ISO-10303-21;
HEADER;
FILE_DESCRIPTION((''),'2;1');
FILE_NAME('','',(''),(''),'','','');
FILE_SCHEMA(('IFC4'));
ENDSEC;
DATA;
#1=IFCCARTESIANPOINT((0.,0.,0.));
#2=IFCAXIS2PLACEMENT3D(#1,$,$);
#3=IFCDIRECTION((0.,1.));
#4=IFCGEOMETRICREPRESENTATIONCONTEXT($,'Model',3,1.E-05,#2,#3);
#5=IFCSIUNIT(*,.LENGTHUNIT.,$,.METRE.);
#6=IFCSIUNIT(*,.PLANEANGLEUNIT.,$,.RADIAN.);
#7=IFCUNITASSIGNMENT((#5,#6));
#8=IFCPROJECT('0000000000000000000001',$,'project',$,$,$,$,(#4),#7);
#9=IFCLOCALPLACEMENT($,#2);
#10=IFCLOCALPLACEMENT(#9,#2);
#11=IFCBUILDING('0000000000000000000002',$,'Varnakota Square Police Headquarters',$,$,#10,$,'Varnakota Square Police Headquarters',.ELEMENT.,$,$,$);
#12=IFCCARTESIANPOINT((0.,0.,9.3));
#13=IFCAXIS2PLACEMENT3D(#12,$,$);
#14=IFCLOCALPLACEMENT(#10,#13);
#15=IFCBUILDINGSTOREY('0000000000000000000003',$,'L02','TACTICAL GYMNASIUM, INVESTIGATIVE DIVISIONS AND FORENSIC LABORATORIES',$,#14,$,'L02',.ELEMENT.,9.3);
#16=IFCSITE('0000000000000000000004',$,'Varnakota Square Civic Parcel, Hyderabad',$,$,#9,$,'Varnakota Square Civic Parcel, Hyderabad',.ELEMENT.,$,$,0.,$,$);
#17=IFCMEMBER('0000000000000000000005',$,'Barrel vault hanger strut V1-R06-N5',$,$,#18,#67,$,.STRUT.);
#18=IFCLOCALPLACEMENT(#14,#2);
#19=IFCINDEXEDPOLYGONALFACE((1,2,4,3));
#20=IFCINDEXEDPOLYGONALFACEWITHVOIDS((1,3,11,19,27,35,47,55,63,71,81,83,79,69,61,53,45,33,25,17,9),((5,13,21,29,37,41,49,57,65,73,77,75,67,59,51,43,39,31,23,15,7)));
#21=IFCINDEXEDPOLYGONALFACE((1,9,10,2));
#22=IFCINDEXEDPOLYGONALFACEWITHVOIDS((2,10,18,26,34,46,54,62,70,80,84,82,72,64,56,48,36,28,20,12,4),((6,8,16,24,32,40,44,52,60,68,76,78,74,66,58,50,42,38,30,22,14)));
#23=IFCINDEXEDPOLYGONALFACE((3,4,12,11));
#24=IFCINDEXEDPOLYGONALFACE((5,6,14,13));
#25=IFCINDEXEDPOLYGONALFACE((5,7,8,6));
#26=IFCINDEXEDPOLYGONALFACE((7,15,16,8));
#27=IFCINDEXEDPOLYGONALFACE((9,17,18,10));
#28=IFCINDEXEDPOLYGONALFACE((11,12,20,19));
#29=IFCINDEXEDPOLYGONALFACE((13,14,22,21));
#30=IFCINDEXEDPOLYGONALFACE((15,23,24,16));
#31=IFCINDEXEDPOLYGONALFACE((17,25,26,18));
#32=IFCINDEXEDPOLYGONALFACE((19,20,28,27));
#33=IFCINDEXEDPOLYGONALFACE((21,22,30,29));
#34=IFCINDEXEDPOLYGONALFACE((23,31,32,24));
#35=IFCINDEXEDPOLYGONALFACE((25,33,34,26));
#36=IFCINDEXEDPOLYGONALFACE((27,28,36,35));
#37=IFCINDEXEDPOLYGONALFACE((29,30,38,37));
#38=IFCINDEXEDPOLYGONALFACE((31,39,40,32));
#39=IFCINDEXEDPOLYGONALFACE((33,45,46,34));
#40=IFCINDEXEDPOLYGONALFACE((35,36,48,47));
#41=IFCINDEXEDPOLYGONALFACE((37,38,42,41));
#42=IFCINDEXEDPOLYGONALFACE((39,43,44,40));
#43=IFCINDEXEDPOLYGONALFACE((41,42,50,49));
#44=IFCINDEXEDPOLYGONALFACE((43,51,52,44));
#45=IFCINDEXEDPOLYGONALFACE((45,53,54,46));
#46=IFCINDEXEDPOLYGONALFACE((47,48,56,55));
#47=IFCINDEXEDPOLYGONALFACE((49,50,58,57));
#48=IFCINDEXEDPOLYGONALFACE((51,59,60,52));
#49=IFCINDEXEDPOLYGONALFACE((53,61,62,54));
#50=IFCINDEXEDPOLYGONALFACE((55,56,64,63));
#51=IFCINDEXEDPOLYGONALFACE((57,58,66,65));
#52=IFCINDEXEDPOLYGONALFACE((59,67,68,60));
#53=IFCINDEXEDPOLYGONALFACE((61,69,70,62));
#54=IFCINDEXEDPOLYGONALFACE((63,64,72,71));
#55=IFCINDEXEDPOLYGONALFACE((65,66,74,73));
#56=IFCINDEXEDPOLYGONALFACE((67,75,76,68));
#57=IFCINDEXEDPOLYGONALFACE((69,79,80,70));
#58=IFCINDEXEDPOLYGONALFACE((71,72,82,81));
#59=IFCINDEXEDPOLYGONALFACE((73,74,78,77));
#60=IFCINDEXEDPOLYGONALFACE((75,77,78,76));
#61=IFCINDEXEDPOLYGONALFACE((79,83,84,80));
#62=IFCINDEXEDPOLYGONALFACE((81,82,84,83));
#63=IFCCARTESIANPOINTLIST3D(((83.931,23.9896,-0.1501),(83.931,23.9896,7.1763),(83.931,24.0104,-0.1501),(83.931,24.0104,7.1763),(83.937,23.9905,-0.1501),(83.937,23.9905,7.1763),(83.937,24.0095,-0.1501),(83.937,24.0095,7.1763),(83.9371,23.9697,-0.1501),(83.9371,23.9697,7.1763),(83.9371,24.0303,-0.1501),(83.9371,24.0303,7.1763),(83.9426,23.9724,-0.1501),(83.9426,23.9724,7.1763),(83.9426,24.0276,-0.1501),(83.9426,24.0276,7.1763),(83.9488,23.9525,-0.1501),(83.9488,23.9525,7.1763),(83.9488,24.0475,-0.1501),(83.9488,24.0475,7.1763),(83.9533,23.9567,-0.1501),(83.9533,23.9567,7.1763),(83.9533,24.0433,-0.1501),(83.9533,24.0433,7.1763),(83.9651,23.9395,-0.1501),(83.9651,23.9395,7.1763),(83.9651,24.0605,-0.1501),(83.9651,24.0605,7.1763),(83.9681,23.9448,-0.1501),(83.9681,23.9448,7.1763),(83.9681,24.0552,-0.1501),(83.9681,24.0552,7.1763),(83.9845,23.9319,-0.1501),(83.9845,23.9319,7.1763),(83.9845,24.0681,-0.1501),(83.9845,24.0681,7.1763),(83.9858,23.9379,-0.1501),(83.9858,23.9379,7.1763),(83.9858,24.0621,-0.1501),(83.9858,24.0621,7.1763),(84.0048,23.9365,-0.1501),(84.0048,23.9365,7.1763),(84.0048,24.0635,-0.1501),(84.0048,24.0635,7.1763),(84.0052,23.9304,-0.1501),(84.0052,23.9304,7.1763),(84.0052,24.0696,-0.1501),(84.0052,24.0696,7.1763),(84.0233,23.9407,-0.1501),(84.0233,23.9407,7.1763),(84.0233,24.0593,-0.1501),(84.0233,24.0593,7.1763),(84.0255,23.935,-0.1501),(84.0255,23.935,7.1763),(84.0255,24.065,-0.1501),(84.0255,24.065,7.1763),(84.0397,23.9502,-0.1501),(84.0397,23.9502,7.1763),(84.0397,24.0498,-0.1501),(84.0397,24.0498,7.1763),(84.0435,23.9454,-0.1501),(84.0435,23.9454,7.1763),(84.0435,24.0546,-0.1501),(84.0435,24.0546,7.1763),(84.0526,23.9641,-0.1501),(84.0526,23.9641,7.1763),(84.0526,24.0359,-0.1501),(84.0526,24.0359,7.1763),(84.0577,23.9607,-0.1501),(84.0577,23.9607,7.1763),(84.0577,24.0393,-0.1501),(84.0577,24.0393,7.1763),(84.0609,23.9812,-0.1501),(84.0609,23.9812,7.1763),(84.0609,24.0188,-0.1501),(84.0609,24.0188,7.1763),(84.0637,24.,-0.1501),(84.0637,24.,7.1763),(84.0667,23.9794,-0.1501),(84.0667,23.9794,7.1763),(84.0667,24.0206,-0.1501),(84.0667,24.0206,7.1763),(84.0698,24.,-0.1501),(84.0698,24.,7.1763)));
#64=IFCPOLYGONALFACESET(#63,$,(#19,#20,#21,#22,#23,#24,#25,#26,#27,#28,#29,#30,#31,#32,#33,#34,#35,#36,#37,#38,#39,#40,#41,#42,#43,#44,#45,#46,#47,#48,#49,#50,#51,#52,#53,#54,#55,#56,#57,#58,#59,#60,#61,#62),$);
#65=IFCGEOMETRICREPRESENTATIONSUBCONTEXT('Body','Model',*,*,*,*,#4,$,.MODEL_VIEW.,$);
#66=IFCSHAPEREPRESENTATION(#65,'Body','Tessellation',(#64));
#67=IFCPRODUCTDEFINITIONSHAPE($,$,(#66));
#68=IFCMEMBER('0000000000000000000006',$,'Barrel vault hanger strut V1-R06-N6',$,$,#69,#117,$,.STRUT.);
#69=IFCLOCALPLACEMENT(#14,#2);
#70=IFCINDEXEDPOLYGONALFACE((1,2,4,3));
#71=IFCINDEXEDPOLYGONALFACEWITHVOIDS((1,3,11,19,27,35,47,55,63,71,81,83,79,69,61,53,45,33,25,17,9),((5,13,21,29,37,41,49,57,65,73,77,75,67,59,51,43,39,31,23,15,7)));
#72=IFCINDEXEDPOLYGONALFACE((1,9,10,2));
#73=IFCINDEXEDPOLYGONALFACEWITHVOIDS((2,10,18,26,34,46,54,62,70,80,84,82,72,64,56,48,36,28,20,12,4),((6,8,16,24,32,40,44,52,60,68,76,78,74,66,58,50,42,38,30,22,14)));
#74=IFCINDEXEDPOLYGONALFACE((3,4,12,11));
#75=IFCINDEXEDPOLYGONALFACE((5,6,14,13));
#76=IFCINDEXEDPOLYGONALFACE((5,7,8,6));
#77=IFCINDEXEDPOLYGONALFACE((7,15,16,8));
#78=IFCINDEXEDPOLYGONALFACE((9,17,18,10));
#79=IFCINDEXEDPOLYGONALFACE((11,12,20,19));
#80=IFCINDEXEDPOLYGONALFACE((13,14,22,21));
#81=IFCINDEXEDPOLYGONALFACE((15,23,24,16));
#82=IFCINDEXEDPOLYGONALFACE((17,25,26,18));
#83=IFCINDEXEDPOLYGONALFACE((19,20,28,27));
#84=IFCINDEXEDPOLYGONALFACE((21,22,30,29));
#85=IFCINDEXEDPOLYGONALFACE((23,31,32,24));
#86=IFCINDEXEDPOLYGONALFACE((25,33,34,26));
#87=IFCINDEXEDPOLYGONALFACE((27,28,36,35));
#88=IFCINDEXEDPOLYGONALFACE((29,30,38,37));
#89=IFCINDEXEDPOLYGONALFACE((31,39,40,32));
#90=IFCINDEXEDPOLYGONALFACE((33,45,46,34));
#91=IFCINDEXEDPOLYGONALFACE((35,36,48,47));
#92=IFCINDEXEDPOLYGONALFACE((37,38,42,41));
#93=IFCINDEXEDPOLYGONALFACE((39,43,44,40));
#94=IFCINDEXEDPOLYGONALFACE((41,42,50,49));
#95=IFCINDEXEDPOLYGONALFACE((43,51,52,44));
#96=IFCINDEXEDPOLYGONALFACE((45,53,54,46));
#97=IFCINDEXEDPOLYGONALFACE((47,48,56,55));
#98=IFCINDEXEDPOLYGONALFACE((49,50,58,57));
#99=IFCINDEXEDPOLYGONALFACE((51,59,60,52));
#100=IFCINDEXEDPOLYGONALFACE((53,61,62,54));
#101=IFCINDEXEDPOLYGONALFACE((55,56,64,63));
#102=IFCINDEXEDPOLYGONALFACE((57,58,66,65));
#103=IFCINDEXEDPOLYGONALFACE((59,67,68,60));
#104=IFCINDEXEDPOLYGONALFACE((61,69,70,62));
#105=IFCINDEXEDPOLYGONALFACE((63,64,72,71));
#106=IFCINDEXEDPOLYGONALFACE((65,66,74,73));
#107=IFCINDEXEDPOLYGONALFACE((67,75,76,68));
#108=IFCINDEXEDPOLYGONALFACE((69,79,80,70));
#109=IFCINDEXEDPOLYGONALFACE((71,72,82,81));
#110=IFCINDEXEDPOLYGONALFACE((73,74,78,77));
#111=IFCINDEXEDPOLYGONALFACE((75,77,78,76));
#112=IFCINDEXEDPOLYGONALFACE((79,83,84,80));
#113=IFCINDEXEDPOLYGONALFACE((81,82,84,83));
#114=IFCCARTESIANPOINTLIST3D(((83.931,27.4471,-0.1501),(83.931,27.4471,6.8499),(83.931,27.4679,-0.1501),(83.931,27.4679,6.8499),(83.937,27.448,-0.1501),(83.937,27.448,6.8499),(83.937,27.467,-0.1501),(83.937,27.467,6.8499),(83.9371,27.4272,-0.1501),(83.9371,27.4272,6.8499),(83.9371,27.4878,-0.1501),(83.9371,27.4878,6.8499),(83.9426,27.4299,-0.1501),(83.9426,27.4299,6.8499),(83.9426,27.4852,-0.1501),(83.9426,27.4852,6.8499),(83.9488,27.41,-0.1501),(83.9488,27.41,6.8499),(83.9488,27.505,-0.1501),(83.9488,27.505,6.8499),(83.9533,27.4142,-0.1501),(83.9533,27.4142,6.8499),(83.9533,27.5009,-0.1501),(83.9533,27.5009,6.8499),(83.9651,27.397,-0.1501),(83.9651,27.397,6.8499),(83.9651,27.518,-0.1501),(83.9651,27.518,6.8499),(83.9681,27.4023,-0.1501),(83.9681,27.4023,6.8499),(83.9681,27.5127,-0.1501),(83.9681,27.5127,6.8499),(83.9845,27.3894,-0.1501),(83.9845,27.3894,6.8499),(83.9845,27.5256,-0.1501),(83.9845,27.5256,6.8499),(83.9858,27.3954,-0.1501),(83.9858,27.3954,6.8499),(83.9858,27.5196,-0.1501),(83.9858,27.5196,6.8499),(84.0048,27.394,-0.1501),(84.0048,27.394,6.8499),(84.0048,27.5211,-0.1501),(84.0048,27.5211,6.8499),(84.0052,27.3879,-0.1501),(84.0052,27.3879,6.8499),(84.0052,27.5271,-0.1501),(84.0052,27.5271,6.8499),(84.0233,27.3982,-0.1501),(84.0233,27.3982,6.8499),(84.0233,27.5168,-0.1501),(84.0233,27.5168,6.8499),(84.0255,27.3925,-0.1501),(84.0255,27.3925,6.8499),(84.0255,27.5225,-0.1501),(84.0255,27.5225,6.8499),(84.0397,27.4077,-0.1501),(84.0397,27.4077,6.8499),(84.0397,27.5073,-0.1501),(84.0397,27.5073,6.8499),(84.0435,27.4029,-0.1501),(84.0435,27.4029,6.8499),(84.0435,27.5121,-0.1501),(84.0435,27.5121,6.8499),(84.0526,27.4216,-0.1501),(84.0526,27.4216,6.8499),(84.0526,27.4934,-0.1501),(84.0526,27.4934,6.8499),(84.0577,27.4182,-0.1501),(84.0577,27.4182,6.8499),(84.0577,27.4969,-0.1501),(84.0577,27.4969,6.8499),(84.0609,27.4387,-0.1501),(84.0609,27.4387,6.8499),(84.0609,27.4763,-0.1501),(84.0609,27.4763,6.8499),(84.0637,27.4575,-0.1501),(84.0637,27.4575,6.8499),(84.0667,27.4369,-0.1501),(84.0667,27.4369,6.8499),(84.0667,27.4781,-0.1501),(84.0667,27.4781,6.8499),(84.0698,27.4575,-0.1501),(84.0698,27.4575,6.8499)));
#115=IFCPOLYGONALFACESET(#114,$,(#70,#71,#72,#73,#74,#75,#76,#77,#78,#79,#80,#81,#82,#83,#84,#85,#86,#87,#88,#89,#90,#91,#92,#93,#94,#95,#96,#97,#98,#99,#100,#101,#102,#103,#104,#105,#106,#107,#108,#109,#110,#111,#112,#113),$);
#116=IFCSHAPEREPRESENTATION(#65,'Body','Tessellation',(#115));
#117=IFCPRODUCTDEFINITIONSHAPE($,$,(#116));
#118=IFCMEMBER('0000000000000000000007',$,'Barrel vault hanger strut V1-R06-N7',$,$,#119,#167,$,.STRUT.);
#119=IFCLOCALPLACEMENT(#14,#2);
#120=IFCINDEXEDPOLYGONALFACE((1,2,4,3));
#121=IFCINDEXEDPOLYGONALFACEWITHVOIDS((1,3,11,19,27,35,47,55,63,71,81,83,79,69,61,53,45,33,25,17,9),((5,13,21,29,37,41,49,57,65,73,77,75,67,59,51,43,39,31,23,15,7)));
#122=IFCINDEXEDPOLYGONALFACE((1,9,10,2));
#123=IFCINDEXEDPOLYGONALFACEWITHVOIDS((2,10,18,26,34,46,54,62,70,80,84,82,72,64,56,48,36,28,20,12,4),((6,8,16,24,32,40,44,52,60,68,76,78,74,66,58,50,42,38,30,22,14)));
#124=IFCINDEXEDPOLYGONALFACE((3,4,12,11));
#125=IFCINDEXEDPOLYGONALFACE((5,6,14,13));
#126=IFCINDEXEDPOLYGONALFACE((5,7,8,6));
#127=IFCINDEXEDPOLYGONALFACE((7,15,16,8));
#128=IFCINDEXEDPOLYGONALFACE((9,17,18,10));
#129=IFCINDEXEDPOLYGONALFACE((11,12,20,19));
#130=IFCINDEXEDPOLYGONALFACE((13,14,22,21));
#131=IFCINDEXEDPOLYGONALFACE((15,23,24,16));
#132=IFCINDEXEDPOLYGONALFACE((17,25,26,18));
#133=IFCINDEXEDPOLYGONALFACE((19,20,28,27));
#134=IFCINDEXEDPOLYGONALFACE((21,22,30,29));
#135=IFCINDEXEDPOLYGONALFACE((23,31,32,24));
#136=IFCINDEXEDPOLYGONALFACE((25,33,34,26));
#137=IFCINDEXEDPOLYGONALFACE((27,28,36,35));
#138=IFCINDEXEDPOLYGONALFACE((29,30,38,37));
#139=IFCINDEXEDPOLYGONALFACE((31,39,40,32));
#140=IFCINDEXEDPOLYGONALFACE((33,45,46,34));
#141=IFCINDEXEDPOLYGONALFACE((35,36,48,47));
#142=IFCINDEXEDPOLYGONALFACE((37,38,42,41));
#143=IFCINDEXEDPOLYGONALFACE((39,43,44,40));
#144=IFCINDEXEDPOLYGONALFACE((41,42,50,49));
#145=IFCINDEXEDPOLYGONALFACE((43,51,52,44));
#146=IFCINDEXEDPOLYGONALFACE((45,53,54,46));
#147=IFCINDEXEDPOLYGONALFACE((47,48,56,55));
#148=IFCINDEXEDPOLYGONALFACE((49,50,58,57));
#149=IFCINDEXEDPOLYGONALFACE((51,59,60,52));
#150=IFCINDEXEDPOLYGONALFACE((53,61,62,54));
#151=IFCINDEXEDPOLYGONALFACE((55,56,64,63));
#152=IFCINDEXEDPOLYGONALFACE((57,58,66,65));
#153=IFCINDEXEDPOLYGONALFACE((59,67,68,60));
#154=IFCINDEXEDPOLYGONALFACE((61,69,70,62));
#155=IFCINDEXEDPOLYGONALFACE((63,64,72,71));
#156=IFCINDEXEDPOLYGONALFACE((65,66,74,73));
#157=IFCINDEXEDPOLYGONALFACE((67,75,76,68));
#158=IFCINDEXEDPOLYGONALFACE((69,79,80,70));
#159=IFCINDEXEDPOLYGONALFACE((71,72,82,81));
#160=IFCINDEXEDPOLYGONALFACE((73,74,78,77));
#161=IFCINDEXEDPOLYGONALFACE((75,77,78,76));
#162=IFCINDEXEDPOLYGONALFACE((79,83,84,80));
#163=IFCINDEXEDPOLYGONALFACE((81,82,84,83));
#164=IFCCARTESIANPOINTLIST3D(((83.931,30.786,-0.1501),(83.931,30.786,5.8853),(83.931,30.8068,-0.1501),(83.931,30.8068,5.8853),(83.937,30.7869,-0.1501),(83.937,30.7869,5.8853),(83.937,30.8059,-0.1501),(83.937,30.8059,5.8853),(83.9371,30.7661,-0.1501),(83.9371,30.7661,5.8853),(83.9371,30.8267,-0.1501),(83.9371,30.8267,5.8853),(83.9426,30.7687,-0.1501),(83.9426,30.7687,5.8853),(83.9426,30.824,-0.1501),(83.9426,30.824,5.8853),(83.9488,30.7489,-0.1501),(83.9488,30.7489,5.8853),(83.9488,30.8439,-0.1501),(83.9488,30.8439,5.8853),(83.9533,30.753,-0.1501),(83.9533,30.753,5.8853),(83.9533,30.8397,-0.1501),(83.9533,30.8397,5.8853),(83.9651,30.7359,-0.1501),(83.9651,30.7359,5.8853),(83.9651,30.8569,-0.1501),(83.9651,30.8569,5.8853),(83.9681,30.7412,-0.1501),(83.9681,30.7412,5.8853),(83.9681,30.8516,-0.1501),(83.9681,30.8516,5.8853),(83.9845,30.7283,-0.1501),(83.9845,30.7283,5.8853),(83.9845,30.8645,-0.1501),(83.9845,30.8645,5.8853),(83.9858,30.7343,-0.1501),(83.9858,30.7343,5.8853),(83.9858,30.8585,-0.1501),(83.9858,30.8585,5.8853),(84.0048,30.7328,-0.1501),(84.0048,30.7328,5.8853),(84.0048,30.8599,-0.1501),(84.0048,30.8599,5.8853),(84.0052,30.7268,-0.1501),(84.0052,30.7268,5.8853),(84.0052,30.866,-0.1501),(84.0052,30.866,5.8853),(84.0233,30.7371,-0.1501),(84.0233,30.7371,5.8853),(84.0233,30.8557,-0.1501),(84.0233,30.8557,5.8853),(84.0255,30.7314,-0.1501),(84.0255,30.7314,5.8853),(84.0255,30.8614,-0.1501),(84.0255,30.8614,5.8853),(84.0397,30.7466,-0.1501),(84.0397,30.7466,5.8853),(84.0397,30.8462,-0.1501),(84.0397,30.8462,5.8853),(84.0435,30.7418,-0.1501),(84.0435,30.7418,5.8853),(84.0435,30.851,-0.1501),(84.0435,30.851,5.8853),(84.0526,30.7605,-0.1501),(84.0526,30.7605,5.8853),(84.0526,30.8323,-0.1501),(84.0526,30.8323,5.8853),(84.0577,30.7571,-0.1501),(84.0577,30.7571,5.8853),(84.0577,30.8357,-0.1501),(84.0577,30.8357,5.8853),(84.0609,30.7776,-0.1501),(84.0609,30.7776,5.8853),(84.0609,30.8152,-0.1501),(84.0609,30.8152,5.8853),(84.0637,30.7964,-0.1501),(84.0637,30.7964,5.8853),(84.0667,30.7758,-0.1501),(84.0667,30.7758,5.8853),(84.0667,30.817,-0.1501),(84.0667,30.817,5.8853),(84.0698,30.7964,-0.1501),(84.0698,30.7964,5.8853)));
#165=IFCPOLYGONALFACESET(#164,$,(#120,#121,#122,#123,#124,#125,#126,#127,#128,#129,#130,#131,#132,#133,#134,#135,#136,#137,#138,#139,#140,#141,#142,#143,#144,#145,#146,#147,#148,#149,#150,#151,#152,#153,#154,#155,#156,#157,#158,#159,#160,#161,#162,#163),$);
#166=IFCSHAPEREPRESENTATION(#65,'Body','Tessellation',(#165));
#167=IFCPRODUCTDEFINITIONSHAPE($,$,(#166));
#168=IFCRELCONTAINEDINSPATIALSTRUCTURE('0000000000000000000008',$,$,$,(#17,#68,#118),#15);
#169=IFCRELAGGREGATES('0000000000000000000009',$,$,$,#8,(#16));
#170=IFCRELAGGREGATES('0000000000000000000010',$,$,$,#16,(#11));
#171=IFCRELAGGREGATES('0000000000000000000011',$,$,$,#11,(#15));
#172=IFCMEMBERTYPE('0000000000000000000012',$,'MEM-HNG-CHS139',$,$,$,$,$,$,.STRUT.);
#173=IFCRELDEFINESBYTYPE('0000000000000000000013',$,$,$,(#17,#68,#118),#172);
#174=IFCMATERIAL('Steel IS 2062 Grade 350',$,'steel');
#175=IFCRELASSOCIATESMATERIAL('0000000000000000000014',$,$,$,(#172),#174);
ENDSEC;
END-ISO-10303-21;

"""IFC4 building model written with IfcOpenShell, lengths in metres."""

from ifc_helpers import new_model, si_unit, direction, frame, origin, origin_2d, place, context, subcontext, project, spatial, hollow_circle, extrude, material, material_profile, profile_set, type_object, element, save


model = new_model("IFC4")

# Units and contexts
model_context = context("Model", 3, precision=1e-05, world=origin(), true_north=direction((0.0, 1.0)))
body_context = subcontext(model_context, "Body", "Model", "MODEL_VIEW")
ifc_project = project(units=[si_unit("LENGTHUNIT", "METRE"), si_unit("PLANEANGLEUNIT", "RADIAN")], contexts=[model_context])

# Site, building, storey
site_placement = place(None, origin())
site = spatial("IfcSite", under=ifc_project, at=site_placement, Name="Varnakota Square Civic Parcel, Hyderabad", LongName="Varnakota Square Civic Parcel, Hyderabad", CompositionType="ELEMENT", RefElevation=0.0)
building_placement = place(site_placement, origin())
building = spatial("IfcBuilding", under=site, at=building_placement, Name="Varnakota Square Police Headquarters", LongName="Varnakota Square Police Headquarters", CompositionType="ELEMENT")
storey_placement = place(building_placement, frame((0.0, 0.0, 9.3)))
storey = spatial("IfcBuildingStorey", under=building, at=storey_placement, Name="L02", Description="TACTICAL GYMNASIUM, INVESTIGATIVE DIVISIONS AND FORENSIC LABORATORIES", LongName="L02", CompositionType="ELEMENT", Elevation=9.3)

# Shared definitions
ifc_material_1 = material(Name="Steel IS 2062 Grade 350", Category="steel")

# Members
ifc_material_profile_1 = material_profile(ifc_material_1, hollow_circle(Radius=0.0698, WallThickness=0.0061, at=origin_2d()), Name="CHS 139.7x6.0")
ifc_profile_set_1 = profile_set([ifc_material_profile_1], Name="Steel IS 2062 Grade 350")
member_type_1 = type_object("IfcMemberType", Name="MEM-HNG-CHS139", PredefinedType="STRUT", material=ifc_profile_set_1)
member_1_placement = place(storey_placement, frame((84.0, 24.0, -0.1501), z_axis=(0.0, 0.0, 1.0), x_axis=(1.0, 0.0, 0.0)))
element("IfcMember", 1, at=member_1_placement, inside=storey, type_object=member_type_1, Name="Barrel vault hanger strut V1-R06-N5", PredefinedType="STRUT", context=body_context, shape_type="SweptSolid", body=[
    extrude(hollow_circle(Radius=0.0698, WallThickness=0.0061, at=origin_2d()), origin(), (0.0, 0.0, 1.0), 7.3264),
])
member_2_placement = place(storey_placement, frame((84.0, 27.4575, -0.1501), z_axis=(0.0, 0.0, 1.0), x_axis=(1.0, 0.0, 0.0)))
element("IfcMember", 2, at=member_2_placement, inside=storey, type_object=member_type_1, Name="Barrel vault hanger strut V1-R06-N6", PredefinedType="STRUT", context=body_context, shape_type="SweptSolid", body=[
    extrude(hollow_circle(Radius=0.0698, WallThickness=0.0061, at=origin_2d()), origin(), (0.0, 0.0, 1.0), 7.0),
])
member_3_placement = place(storey_placement, frame((84.0, 30.7964, -0.1501), z_axis=(0.0, 0.0, 1.0), x_axis=(1.0, 0.0, 0.0)))
element("IfcMember", 3, at=member_3_placement, inside=storey, type_object=member_type_1, Name="Barrel vault hanger strut V1-R06-N7", PredefinedType="STRUT", context=body_context, shape_type="SweptSolid", body=[
    extrude(hollow_circle(Radius=0.0698, WallThickness=0.0061, at=origin_2d()), origin(), (0.0, 0.0, 1.0), 6.0354),
])

save(model, "model.ifc")
